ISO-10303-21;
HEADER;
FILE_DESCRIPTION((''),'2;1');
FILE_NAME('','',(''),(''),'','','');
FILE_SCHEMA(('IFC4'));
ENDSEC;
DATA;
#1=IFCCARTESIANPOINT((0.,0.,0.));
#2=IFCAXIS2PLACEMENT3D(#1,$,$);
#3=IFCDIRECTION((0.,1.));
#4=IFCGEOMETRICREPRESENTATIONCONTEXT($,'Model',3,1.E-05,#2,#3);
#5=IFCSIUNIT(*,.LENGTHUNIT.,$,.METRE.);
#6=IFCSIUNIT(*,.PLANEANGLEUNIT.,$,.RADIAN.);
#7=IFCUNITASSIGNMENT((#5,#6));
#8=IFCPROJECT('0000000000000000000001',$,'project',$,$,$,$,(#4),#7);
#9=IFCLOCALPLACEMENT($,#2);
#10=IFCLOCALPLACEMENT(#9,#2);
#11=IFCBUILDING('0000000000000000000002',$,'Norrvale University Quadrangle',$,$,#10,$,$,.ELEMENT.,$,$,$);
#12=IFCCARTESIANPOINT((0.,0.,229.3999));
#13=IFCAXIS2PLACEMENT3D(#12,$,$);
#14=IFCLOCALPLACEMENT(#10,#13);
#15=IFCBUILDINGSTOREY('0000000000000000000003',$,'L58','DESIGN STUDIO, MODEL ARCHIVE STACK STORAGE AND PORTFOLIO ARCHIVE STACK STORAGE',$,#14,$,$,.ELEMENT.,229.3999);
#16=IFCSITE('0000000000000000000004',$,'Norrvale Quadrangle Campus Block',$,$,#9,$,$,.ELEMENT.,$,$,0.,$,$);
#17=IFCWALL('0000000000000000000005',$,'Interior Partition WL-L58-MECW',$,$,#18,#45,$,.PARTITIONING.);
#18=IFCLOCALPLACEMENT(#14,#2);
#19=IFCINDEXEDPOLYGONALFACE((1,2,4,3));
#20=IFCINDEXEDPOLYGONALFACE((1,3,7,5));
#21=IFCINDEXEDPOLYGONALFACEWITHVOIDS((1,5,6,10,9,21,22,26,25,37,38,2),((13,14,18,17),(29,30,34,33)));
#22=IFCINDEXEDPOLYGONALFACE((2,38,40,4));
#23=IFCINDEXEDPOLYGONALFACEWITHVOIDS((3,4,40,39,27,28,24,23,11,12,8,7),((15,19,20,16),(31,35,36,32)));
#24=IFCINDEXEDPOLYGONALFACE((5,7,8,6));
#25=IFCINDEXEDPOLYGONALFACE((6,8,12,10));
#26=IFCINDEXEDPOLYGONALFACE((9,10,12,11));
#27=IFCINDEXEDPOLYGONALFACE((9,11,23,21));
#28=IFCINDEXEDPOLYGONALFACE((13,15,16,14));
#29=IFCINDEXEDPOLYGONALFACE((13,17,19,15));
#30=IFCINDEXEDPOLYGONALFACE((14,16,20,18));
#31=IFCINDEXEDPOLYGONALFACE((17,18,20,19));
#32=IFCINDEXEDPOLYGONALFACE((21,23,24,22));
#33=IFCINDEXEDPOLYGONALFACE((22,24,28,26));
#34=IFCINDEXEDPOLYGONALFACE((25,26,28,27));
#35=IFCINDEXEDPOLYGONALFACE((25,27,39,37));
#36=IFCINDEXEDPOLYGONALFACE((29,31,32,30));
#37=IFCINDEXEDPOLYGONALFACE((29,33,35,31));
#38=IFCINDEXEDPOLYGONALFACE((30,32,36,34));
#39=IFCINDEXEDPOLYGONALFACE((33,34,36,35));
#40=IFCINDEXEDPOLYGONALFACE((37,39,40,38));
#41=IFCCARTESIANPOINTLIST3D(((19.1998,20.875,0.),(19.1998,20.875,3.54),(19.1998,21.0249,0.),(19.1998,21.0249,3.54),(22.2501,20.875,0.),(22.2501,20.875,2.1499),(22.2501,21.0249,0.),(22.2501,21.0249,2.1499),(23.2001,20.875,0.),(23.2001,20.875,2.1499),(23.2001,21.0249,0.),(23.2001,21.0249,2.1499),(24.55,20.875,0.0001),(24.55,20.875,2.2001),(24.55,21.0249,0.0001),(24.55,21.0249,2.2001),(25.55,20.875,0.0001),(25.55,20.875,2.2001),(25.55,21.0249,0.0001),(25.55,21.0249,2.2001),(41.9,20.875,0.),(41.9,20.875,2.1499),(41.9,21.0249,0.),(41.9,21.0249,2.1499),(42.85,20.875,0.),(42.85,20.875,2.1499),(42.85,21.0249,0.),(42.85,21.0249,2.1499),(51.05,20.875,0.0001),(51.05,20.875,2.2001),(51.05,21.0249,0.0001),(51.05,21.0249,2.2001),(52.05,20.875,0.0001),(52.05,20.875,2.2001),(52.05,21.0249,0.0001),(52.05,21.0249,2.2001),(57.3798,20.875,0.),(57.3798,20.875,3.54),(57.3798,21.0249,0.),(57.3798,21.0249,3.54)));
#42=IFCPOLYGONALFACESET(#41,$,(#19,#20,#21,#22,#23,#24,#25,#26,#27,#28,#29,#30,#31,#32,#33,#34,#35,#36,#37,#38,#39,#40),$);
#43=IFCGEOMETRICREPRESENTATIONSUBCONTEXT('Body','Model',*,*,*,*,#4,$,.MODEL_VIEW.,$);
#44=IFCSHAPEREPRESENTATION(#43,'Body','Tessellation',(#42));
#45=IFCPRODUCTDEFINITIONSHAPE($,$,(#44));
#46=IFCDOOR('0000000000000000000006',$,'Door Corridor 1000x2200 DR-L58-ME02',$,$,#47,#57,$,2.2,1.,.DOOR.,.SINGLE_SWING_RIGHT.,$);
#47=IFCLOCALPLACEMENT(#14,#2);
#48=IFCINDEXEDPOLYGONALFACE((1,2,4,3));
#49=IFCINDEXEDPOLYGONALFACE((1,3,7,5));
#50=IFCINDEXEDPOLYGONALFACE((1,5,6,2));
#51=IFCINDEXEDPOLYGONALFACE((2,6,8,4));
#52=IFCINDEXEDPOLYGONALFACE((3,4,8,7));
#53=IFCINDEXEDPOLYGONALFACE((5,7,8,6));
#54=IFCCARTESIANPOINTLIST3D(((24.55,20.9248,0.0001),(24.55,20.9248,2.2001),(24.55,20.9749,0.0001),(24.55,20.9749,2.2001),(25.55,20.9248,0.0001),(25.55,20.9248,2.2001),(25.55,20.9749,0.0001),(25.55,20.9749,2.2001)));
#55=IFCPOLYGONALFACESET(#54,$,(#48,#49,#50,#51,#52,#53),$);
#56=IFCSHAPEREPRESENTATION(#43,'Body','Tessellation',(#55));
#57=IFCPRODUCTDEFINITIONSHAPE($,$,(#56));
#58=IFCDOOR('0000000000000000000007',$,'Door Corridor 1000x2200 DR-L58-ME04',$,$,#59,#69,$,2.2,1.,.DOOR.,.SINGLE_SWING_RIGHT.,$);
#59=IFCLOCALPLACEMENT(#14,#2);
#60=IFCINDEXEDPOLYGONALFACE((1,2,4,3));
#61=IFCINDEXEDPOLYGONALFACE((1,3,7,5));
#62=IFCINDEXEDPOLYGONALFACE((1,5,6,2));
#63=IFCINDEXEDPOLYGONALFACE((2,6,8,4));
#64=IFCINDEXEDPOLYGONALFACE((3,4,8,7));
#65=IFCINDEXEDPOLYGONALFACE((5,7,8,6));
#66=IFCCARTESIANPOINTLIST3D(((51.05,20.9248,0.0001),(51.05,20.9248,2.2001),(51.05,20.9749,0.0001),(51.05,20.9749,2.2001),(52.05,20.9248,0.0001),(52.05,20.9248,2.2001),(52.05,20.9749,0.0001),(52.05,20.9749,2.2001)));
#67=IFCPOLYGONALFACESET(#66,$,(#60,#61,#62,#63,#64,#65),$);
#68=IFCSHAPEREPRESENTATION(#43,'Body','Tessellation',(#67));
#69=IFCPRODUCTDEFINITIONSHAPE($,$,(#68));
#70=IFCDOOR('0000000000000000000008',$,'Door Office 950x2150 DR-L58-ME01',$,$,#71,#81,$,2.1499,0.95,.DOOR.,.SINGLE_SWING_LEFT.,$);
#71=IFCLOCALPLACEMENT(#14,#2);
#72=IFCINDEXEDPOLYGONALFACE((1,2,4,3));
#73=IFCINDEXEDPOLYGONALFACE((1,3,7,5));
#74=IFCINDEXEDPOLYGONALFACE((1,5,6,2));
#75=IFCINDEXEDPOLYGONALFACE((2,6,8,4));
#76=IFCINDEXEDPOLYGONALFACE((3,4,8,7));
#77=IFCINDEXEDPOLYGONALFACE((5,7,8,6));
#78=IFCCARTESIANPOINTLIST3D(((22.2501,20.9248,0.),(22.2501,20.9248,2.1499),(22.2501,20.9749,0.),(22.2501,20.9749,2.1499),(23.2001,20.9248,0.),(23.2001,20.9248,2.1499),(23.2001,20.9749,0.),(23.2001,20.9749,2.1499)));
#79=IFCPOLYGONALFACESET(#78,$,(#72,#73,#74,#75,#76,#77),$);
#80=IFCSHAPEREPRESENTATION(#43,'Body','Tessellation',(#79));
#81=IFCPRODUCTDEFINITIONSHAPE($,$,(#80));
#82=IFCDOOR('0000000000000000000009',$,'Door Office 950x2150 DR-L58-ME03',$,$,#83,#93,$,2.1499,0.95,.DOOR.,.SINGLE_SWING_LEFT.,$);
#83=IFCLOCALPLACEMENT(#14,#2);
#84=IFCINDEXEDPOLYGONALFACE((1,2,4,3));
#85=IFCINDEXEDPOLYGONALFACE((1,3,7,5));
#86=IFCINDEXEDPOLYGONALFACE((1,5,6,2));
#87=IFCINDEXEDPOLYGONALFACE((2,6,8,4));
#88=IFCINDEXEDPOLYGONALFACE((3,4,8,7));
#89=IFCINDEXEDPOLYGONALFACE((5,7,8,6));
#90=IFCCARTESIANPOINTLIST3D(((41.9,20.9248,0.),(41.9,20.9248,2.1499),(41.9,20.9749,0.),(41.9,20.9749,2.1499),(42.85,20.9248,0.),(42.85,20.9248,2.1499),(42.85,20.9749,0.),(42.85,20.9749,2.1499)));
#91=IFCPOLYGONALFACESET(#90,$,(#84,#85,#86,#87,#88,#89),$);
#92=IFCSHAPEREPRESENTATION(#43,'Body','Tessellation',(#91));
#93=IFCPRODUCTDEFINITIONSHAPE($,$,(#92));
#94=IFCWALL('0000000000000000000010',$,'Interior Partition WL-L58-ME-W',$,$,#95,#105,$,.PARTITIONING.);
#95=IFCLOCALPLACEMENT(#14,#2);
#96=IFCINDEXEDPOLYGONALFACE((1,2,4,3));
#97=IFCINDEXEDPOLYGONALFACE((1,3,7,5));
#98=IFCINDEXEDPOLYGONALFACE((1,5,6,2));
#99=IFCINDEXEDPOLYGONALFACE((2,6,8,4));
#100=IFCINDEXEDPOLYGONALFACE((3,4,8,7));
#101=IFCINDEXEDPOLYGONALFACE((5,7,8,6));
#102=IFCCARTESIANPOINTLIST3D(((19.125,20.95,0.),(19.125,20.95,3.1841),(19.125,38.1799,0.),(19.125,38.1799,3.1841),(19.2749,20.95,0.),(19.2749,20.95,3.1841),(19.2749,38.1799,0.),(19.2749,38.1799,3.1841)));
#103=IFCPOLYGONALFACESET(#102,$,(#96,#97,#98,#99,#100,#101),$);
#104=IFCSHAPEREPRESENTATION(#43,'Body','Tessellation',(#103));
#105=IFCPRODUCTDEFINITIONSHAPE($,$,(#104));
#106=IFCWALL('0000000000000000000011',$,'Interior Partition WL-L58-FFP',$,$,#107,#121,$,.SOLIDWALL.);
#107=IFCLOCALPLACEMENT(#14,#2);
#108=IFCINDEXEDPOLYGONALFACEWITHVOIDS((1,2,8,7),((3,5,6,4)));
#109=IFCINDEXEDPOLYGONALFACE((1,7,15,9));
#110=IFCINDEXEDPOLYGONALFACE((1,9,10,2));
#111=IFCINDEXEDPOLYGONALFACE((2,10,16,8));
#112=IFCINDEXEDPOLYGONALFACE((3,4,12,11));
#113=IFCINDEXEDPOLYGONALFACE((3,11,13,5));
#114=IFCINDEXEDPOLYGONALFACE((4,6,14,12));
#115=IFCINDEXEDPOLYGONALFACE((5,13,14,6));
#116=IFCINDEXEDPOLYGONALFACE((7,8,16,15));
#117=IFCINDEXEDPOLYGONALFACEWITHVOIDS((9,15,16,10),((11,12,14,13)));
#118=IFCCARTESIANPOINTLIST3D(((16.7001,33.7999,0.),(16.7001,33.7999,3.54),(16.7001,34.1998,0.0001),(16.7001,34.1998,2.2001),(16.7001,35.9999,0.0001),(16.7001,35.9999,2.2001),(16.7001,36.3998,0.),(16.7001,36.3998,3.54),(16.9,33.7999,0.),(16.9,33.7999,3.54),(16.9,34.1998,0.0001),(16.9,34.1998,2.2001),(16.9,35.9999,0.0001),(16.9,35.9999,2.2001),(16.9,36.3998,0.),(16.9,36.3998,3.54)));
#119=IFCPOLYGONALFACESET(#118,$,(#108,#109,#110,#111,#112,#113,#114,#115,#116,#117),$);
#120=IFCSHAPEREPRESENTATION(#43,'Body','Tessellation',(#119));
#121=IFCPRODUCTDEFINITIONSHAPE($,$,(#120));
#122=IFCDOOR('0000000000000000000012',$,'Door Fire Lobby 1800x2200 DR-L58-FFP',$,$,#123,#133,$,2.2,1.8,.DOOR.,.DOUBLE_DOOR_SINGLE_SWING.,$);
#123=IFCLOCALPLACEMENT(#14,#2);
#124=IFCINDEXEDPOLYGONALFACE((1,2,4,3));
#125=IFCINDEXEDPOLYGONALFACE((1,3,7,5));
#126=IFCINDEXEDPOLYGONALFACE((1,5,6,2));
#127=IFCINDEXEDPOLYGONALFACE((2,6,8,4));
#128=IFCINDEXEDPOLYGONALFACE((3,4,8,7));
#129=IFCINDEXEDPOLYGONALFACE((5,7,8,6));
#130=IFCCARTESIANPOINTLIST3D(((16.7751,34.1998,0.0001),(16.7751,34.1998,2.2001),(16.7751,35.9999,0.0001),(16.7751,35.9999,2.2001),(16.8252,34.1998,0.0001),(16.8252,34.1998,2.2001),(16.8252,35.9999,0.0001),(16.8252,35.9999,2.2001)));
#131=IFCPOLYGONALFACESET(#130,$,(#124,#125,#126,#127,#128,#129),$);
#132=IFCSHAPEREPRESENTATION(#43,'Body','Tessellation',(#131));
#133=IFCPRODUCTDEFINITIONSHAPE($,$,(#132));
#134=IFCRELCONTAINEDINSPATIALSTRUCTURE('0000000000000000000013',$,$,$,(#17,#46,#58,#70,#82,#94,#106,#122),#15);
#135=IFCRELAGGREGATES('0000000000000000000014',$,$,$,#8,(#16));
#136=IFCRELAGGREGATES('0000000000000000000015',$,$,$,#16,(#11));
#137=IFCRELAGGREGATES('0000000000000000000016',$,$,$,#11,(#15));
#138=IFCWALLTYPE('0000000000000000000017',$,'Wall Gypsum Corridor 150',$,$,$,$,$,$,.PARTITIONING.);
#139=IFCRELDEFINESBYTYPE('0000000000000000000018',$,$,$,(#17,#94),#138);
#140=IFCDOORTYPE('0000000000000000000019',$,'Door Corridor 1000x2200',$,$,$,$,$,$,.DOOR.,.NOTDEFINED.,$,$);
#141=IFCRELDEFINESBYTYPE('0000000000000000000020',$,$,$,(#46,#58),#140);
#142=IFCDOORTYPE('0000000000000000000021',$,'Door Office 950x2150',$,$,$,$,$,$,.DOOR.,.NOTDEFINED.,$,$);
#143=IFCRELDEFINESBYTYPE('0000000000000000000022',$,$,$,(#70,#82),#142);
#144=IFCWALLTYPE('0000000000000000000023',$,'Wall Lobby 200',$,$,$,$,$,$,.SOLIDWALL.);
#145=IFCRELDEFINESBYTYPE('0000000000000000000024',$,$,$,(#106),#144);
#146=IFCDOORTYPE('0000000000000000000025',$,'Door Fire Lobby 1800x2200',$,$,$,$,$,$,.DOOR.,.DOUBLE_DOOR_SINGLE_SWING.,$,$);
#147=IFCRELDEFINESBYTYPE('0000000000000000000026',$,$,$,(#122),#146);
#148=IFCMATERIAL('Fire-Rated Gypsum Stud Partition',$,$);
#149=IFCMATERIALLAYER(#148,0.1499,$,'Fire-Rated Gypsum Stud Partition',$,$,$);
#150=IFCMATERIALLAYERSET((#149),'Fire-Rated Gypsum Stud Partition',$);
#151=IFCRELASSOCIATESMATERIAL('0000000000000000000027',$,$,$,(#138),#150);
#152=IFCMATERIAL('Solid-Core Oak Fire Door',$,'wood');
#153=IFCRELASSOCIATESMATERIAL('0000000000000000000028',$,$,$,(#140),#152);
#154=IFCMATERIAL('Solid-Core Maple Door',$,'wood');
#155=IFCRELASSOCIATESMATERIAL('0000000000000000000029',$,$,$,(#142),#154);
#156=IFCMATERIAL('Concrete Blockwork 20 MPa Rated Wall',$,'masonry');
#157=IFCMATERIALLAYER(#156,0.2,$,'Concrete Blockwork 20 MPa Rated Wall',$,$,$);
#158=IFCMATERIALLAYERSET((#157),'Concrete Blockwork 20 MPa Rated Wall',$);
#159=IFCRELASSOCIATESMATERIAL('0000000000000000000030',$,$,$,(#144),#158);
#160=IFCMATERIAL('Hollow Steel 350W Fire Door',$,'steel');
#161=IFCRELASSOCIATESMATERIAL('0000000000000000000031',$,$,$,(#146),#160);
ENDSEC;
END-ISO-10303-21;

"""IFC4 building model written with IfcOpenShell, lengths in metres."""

from ifc_helpers import new_model, si_unit, direction, frame, frame_2d, origin, place, context, subcontext, project, spatial, rectangle, extrude, material, layer, layer_set, type_object, element, fill, save


model = new_model("IFC4")

# Units and contexts
model_context = context("Model", 3, precision=1e-05, world=origin(), true_north=direction((0.0, 1.0)))
body_context = subcontext(model_context, "Body", "Model", "MODEL_VIEW")
ifc_project = project(units=[si_unit("LENGTHUNIT", "METRE"), si_unit("PLANEANGLEUNIT", "RADIAN")], contexts=[model_context])

# Site, building, storey
site_placement = place(None, origin())
site = spatial("IfcSite", under=ifc_project, at=site_placement, Name="Norrvale Quadrangle Campus Block", CompositionType="ELEMENT", RefElevation=0.0)
building_placement = place(site_placement, origin())
building = spatial("IfcBuilding", under=site, at=building_placement, Name="Norrvale University Quadrangle", CompositionType="ELEMENT")
storey_placement = place(building_placement, frame((0.0, 0.0, 229.3999)))
storey = spatial("IfcBuildingStorey", under=building, at=storey_placement, Name="L58", Description="DESIGN STUDIO, MODEL ARCHIVE STACK STORAGE AND PORTFOLIO ARCHIVE STACK STORAGE", CompositionType="ELEMENT", Elevation=229.3999)

# Shared definitions
ifc_material_1 = material(Name="Fire-Rated Gypsum Stud Partition")
ifc_layer_1 = layer(ifc_material_1, 0.1499, Name="Fire-Rated Gypsum Stud Partition")
ifc_layer_set_1 = layer_set([ifc_layer_1], Name="Fire-Rated Gypsum Stud Partition")
wall_type_1 = type_object("IfcWallType", Name="Wall Gypsum Corridor 150", PredefinedType="PARTITIONING", material=ifc_layer_set_1)

# Wall, openings, doors
wall_1_placement = place(storey_placement, frame((19.2, 20.95, 0.0), z_axis=(0.0, 0.0, 1.0), x_axis=(1.0, 0.0, 0.0)))
wall_1 = element("IfcWall", 1, at=wall_1_placement, inside=storey, type_object=wall_type_1, Name="Interior Partition WL-L58-MECW", PredefinedType="PARTITIONING", context=body_context, shape_type="SweptSolid", body=[
    extrude(rectangle(XDim=38.1799, YDim=0.1499, at=frame_2d((19.0898, 0.0))), origin(), (0.0, 0.0, 1.0), 3.54),
])
opening_1_placement = place(wall_1_placement, frame((3.05, 0.0, 0.0)))
opening_1 = element("IfcOpeningElement", 2, at=opening_1_placement, cuts=wall_1, PredefinedType="OPENING", context=body_context, shape_type="SweptSolid", body=[
    extrude(rectangle(XDim=0.95, YDim=2.1499, at=frame_2d((0.4751, 1.075))), frame((0.0, 0.0869, 0.0), z_axis=(0.0, -1.0, 0.0), x_axis=(1.0, 0.0, 0.0)), (0.0, 0.0, 1.0), 0.1738),
])
opening_2_placement = place(wall_1_placement, frame((5.3501, 0.0, 0.0)))
opening_2 = element("IfcOpeningElement", 3, at=opening_2_placement, cuts=wall_1, PredefinedType="OPENING", context=body_context, shape_type="SweptSolid", body=[
    extrude(rectangle(XDim=1.0, YDim=2.2, at=frame_2d((0.5, 1.1001))), frame((0.0, 0.0869, 0.0), z_axis=(0.0, -1.0, 0.0), x_axis=(1.0, 0.0, 0.0)), (0.0, 0.0, 1.0), 0.1738),
])
opening_3_placement = place(wall_1_placement, frame((22.7, 0.0, 0.0)))
opening_3 = element("IfcOpeningElement", 4, at=opening_3_placement, cuts=wall_1, PredefinedType="OPENING", context=body_context, shape_type="SweptSolid", body=[
    extrude(rectangle(XDim=0.95, YDim=2.1499, at=frame_2d((0.4751, 1.075))), frame((0.0, 0.0869, 0.0), z_axis=(0.0, -1.0, 0.0), x_axis=(1.0, 0.0, 0.0)), (0.0, 0.0, 1.0), 0.1738),
])
opening_4_placement = place(wall_1_placement, frame((31.8501, 0.0, 0.0)))
opening_4 = element("IfcOpeningElement", 5, at=opening_4_placement, cuts=wall_1, PredefinedType="OPENING", context=body_context, shape_type="SweptSolid", body=[
    extrude(rectangle(XDim=1.0, YDim=2.2, at=frame_2d((0.5, 1.1001))), frame((0.0, 0.0869, 0.0), z_axis=(0.0, -1.0, 0.0), x_axis=(1.0, 0.0, 0.0)), (0.0, 0.0, 1.0), 0.1738),
])
ifc_material_2 = material(Name="Solid-Core Oak Fire Door", Category="wood")
door_type_1 = type_object("IfcDoorType", Name="Door Corridor 1000x2200", OperationType="NOTDEFINED", PredefinedType="DOOR", material=ifc_material_2)
door_1_placement = place(opening_2_placement, origin())
door_1 = element("IfcDoor", 6, at=door_1_placement, inside=storey, type_object=door_type_1, Name="Door Corridor 1000x2200 DR-L58-ME02", OperationType="SINGLE_SWING_RIGHT", OverallHeight=2.2, OverallWidth=1.0, PredefinedType="DOOR", context=body_context, shape_type="SweptSolid", body=[
    extrude(rectangle(XDim=1.0, YDim=2.2, at=frame_2d((0.5, 1.1001))), frame((0.0, 0.0249, 0.0), z_axis=(0.0, -1.0, 0.0), x_axis=(1.0, 0.0, 0.0)), (0.0, 0.0, 1.0), 0.05),
])
fill(opening_2, door_1)
door_2_placement = place(opening_4_placement, origin())
door_2 = element("IfcDoor", 7, at=door_2_placement, inside=storey, type_object=door_type_1, Name="Door Corridor 1000x2200 DR-L58-ME04", OperationType="SINGLE_SWING_RIGHT", OverallHeight=2.2, OverallWidth=1.0, PredefinedType="DOOR", context=body_context, shape_type="SweptSolid", body=[
    extrude(rectangle(XDim=1.0, YDim=2.2, at=frame_2d((0.5, 1.1001))), frame((0.0, 0.0249, 0.0), z_axis=(0.0, -1.0, 0.0), x_axis=(1.0, 0.0, 0.0)), (0.0, 0.0, 1.0), 0.05),
])
fill(opening_4, door_2)
ifc_material_3 = material(Name="Solid-Core Maple Door", Category="wood")
door_type_2 = type_object("IfcDoorType", Name="Door Office 950x2150", OperationType="NOTDEFINED", PredefinedType="DOOR", material=ifc_material_3)
door_3_placement = place(opening_1_placement, origin())
door_3 = element("IfcDoor", 8, at=door_3_placement, inside=storey, type_object=door_type_2, Name="Door Office 950x2150 DR-L58-ME01", OperationType="SINGLE_SWING_LEFT", OverallHeight=2.1499, OverallWidth=0.95, PredefinedType="DOOR", context=body_context, shape_type="SweptSolid", body=[
    extrude(rectangle(XDim=0.95, YDim=2.1499, at=frame_2d((0.4751, 1.075))), frame((0.0, 0.0249, 0.0), z_axis=(0.0, -1.0, 0.0), x_axis=(1.0, 0.0, 0.0)), (0.0, 0.0, 1.0), 0.05),
])
fill(opening_1, door_3)
door_4_placement = place(opening_3_placement, origin())
door_4 = element("IfcDoor", 9, at=door_4_placement, inside=storey, type_object=door_type_2, Name="Door Office 950x2150 DR-L58-ME03", OperationType="SINGLE_SWING_LEFT", OverallHeight=2.1499, OverallWidth=0.95, PredefinedType="DOOR", context=body_context, shape_type="SweptSolid", body=[
    extrude(rectangle(XDim=0.95, YDim=2.1499, at=frame_2d((0.4751, 1.075))), frame((0.0, 0.0249, 0.0), z_axis=(0.0, -1.0, 0.0), x_axis=(1.0, 0.0, 0.0)), (0.0, 0.0, 1.0), 0.05),
])
fill(opening_3, door_4)

# Wall
wall_2_placement = place(storey_placement, frame((19.2, 20.95, 0.0), z_axis=(0.0, 0.0, 1.0), x_axis=(0.0, 1.0, 0.0)))
element("IfcWall", 10, at=wall_2_placement, inside=storey, type_object=wall_type_1, Name="Interior Partition WL-L58-ME-W", PredefinedType="PARTITIONING", context=body_context, shape_type="SweptSolid", body=[
    extrude(rectangle(XDim=17.23, YDim=0.1499, at=frame_2d((8.615, 0.0))), origin(), (0.0, 0.0, 1.0), 3.1841),
])

# Wall, opening, door
ifc_material_4 = material(Name="Concrete Blockwork 20 MPa Rated Wall", Category="masonry")
ifc_layer_2 = layer(ifc_material_4, 0.2, Name="Concrete Blockwork 20 MPa Rated Wall")
ifc_layer_set_2 = layer_set([ifc_layer_2], Name="Concrete Blockwork 20 MPa Rated Wall")
wall_type_2 = type_object("IfcWallType", Name="Wall Lobby 200", PredefinedType="SOLIDWALL", material=ifc_layer_set_2)
wall_3_placement = place(storey_placement, frame((16.8, 33.8, 0.0), z_axis=(0.0, 0.0, 1.0), x_axis=(0.0, 1.0, 0.0)))
wall_3 = element("IfcWall", 11, at=wall_3_placement, inside=storey, type_object=wall_type_2, Name="Interior Partition WL-L58-FFP", PredefinedType="SOLIDWALL", context=body_context, shape_type="SweptSolid", body=[
    extrude(rectangle(XDim=2.5999, YDim=0.2, at=frame_2d((1.2998, 0.0))), origin(), (0.0, 0.0, 1.0), 3.54),
])
opening_5_placement = place(wall_3_placement, frame((0.3999, 0.0, 0.0)))
opening_5 = element("IfcOpeningElement", 12, at=opening_5_placement, cuts=wall_3, PredefinedType="OPENING", context=body_context, shape_type="SweptSolid", body=[
    extrude(rectangle(XDim=1.8, YDim=2.2, at=frame_2d((0.8999, 1.1001))), frame((0.0, 0.1121, 0.0), z_axis=(0.0, -1.0, 0.0), x_axis=(1.0, 0.0, 0.0)), (0.0, 0.0, 1.0), 0.2239),
])
ifc_material_5 = material(Name="Hollow Steel 350W Fire Door", Category="steel")
door_type_3 = type_object("IfcDoorType", Name="Door Fire Lobby 1800x2200", OperationType="DOUBLE_DOOR_SINGLE_SWING", PredefinedType="DOOR", material=ifc_material_5)
door_5_placement = place(opening_5_placement, origin())
door_5 = element("IfcDoor", 13, at=door_5_placement, inside=storey, type_object=door_type_3, Name="Door Fire Lobby 1800x2200 DR-L58-FFP", OperationType="DOUBLE_DOOR_SINGLE_SWING", OverallHeight=2.2, OverallWidth=1.8, PredefinedType="DOOR", context=body_context, shape_type="SweptSolid", body=[
    extrude(rectangle(XDim=1.8, YDim=2.2, at=frame_2d((0.8999, 1.1001))), frame((0.0, 0.0249, 0.0), z_axis=(0.0, -1.0, 0.0), x_axis=(1.0, 0.0, 0.0)), (0.0, 0.0, 1.0), 0.05),
])
fill(opening_5, door_5)

save(model, "model.ifc")
